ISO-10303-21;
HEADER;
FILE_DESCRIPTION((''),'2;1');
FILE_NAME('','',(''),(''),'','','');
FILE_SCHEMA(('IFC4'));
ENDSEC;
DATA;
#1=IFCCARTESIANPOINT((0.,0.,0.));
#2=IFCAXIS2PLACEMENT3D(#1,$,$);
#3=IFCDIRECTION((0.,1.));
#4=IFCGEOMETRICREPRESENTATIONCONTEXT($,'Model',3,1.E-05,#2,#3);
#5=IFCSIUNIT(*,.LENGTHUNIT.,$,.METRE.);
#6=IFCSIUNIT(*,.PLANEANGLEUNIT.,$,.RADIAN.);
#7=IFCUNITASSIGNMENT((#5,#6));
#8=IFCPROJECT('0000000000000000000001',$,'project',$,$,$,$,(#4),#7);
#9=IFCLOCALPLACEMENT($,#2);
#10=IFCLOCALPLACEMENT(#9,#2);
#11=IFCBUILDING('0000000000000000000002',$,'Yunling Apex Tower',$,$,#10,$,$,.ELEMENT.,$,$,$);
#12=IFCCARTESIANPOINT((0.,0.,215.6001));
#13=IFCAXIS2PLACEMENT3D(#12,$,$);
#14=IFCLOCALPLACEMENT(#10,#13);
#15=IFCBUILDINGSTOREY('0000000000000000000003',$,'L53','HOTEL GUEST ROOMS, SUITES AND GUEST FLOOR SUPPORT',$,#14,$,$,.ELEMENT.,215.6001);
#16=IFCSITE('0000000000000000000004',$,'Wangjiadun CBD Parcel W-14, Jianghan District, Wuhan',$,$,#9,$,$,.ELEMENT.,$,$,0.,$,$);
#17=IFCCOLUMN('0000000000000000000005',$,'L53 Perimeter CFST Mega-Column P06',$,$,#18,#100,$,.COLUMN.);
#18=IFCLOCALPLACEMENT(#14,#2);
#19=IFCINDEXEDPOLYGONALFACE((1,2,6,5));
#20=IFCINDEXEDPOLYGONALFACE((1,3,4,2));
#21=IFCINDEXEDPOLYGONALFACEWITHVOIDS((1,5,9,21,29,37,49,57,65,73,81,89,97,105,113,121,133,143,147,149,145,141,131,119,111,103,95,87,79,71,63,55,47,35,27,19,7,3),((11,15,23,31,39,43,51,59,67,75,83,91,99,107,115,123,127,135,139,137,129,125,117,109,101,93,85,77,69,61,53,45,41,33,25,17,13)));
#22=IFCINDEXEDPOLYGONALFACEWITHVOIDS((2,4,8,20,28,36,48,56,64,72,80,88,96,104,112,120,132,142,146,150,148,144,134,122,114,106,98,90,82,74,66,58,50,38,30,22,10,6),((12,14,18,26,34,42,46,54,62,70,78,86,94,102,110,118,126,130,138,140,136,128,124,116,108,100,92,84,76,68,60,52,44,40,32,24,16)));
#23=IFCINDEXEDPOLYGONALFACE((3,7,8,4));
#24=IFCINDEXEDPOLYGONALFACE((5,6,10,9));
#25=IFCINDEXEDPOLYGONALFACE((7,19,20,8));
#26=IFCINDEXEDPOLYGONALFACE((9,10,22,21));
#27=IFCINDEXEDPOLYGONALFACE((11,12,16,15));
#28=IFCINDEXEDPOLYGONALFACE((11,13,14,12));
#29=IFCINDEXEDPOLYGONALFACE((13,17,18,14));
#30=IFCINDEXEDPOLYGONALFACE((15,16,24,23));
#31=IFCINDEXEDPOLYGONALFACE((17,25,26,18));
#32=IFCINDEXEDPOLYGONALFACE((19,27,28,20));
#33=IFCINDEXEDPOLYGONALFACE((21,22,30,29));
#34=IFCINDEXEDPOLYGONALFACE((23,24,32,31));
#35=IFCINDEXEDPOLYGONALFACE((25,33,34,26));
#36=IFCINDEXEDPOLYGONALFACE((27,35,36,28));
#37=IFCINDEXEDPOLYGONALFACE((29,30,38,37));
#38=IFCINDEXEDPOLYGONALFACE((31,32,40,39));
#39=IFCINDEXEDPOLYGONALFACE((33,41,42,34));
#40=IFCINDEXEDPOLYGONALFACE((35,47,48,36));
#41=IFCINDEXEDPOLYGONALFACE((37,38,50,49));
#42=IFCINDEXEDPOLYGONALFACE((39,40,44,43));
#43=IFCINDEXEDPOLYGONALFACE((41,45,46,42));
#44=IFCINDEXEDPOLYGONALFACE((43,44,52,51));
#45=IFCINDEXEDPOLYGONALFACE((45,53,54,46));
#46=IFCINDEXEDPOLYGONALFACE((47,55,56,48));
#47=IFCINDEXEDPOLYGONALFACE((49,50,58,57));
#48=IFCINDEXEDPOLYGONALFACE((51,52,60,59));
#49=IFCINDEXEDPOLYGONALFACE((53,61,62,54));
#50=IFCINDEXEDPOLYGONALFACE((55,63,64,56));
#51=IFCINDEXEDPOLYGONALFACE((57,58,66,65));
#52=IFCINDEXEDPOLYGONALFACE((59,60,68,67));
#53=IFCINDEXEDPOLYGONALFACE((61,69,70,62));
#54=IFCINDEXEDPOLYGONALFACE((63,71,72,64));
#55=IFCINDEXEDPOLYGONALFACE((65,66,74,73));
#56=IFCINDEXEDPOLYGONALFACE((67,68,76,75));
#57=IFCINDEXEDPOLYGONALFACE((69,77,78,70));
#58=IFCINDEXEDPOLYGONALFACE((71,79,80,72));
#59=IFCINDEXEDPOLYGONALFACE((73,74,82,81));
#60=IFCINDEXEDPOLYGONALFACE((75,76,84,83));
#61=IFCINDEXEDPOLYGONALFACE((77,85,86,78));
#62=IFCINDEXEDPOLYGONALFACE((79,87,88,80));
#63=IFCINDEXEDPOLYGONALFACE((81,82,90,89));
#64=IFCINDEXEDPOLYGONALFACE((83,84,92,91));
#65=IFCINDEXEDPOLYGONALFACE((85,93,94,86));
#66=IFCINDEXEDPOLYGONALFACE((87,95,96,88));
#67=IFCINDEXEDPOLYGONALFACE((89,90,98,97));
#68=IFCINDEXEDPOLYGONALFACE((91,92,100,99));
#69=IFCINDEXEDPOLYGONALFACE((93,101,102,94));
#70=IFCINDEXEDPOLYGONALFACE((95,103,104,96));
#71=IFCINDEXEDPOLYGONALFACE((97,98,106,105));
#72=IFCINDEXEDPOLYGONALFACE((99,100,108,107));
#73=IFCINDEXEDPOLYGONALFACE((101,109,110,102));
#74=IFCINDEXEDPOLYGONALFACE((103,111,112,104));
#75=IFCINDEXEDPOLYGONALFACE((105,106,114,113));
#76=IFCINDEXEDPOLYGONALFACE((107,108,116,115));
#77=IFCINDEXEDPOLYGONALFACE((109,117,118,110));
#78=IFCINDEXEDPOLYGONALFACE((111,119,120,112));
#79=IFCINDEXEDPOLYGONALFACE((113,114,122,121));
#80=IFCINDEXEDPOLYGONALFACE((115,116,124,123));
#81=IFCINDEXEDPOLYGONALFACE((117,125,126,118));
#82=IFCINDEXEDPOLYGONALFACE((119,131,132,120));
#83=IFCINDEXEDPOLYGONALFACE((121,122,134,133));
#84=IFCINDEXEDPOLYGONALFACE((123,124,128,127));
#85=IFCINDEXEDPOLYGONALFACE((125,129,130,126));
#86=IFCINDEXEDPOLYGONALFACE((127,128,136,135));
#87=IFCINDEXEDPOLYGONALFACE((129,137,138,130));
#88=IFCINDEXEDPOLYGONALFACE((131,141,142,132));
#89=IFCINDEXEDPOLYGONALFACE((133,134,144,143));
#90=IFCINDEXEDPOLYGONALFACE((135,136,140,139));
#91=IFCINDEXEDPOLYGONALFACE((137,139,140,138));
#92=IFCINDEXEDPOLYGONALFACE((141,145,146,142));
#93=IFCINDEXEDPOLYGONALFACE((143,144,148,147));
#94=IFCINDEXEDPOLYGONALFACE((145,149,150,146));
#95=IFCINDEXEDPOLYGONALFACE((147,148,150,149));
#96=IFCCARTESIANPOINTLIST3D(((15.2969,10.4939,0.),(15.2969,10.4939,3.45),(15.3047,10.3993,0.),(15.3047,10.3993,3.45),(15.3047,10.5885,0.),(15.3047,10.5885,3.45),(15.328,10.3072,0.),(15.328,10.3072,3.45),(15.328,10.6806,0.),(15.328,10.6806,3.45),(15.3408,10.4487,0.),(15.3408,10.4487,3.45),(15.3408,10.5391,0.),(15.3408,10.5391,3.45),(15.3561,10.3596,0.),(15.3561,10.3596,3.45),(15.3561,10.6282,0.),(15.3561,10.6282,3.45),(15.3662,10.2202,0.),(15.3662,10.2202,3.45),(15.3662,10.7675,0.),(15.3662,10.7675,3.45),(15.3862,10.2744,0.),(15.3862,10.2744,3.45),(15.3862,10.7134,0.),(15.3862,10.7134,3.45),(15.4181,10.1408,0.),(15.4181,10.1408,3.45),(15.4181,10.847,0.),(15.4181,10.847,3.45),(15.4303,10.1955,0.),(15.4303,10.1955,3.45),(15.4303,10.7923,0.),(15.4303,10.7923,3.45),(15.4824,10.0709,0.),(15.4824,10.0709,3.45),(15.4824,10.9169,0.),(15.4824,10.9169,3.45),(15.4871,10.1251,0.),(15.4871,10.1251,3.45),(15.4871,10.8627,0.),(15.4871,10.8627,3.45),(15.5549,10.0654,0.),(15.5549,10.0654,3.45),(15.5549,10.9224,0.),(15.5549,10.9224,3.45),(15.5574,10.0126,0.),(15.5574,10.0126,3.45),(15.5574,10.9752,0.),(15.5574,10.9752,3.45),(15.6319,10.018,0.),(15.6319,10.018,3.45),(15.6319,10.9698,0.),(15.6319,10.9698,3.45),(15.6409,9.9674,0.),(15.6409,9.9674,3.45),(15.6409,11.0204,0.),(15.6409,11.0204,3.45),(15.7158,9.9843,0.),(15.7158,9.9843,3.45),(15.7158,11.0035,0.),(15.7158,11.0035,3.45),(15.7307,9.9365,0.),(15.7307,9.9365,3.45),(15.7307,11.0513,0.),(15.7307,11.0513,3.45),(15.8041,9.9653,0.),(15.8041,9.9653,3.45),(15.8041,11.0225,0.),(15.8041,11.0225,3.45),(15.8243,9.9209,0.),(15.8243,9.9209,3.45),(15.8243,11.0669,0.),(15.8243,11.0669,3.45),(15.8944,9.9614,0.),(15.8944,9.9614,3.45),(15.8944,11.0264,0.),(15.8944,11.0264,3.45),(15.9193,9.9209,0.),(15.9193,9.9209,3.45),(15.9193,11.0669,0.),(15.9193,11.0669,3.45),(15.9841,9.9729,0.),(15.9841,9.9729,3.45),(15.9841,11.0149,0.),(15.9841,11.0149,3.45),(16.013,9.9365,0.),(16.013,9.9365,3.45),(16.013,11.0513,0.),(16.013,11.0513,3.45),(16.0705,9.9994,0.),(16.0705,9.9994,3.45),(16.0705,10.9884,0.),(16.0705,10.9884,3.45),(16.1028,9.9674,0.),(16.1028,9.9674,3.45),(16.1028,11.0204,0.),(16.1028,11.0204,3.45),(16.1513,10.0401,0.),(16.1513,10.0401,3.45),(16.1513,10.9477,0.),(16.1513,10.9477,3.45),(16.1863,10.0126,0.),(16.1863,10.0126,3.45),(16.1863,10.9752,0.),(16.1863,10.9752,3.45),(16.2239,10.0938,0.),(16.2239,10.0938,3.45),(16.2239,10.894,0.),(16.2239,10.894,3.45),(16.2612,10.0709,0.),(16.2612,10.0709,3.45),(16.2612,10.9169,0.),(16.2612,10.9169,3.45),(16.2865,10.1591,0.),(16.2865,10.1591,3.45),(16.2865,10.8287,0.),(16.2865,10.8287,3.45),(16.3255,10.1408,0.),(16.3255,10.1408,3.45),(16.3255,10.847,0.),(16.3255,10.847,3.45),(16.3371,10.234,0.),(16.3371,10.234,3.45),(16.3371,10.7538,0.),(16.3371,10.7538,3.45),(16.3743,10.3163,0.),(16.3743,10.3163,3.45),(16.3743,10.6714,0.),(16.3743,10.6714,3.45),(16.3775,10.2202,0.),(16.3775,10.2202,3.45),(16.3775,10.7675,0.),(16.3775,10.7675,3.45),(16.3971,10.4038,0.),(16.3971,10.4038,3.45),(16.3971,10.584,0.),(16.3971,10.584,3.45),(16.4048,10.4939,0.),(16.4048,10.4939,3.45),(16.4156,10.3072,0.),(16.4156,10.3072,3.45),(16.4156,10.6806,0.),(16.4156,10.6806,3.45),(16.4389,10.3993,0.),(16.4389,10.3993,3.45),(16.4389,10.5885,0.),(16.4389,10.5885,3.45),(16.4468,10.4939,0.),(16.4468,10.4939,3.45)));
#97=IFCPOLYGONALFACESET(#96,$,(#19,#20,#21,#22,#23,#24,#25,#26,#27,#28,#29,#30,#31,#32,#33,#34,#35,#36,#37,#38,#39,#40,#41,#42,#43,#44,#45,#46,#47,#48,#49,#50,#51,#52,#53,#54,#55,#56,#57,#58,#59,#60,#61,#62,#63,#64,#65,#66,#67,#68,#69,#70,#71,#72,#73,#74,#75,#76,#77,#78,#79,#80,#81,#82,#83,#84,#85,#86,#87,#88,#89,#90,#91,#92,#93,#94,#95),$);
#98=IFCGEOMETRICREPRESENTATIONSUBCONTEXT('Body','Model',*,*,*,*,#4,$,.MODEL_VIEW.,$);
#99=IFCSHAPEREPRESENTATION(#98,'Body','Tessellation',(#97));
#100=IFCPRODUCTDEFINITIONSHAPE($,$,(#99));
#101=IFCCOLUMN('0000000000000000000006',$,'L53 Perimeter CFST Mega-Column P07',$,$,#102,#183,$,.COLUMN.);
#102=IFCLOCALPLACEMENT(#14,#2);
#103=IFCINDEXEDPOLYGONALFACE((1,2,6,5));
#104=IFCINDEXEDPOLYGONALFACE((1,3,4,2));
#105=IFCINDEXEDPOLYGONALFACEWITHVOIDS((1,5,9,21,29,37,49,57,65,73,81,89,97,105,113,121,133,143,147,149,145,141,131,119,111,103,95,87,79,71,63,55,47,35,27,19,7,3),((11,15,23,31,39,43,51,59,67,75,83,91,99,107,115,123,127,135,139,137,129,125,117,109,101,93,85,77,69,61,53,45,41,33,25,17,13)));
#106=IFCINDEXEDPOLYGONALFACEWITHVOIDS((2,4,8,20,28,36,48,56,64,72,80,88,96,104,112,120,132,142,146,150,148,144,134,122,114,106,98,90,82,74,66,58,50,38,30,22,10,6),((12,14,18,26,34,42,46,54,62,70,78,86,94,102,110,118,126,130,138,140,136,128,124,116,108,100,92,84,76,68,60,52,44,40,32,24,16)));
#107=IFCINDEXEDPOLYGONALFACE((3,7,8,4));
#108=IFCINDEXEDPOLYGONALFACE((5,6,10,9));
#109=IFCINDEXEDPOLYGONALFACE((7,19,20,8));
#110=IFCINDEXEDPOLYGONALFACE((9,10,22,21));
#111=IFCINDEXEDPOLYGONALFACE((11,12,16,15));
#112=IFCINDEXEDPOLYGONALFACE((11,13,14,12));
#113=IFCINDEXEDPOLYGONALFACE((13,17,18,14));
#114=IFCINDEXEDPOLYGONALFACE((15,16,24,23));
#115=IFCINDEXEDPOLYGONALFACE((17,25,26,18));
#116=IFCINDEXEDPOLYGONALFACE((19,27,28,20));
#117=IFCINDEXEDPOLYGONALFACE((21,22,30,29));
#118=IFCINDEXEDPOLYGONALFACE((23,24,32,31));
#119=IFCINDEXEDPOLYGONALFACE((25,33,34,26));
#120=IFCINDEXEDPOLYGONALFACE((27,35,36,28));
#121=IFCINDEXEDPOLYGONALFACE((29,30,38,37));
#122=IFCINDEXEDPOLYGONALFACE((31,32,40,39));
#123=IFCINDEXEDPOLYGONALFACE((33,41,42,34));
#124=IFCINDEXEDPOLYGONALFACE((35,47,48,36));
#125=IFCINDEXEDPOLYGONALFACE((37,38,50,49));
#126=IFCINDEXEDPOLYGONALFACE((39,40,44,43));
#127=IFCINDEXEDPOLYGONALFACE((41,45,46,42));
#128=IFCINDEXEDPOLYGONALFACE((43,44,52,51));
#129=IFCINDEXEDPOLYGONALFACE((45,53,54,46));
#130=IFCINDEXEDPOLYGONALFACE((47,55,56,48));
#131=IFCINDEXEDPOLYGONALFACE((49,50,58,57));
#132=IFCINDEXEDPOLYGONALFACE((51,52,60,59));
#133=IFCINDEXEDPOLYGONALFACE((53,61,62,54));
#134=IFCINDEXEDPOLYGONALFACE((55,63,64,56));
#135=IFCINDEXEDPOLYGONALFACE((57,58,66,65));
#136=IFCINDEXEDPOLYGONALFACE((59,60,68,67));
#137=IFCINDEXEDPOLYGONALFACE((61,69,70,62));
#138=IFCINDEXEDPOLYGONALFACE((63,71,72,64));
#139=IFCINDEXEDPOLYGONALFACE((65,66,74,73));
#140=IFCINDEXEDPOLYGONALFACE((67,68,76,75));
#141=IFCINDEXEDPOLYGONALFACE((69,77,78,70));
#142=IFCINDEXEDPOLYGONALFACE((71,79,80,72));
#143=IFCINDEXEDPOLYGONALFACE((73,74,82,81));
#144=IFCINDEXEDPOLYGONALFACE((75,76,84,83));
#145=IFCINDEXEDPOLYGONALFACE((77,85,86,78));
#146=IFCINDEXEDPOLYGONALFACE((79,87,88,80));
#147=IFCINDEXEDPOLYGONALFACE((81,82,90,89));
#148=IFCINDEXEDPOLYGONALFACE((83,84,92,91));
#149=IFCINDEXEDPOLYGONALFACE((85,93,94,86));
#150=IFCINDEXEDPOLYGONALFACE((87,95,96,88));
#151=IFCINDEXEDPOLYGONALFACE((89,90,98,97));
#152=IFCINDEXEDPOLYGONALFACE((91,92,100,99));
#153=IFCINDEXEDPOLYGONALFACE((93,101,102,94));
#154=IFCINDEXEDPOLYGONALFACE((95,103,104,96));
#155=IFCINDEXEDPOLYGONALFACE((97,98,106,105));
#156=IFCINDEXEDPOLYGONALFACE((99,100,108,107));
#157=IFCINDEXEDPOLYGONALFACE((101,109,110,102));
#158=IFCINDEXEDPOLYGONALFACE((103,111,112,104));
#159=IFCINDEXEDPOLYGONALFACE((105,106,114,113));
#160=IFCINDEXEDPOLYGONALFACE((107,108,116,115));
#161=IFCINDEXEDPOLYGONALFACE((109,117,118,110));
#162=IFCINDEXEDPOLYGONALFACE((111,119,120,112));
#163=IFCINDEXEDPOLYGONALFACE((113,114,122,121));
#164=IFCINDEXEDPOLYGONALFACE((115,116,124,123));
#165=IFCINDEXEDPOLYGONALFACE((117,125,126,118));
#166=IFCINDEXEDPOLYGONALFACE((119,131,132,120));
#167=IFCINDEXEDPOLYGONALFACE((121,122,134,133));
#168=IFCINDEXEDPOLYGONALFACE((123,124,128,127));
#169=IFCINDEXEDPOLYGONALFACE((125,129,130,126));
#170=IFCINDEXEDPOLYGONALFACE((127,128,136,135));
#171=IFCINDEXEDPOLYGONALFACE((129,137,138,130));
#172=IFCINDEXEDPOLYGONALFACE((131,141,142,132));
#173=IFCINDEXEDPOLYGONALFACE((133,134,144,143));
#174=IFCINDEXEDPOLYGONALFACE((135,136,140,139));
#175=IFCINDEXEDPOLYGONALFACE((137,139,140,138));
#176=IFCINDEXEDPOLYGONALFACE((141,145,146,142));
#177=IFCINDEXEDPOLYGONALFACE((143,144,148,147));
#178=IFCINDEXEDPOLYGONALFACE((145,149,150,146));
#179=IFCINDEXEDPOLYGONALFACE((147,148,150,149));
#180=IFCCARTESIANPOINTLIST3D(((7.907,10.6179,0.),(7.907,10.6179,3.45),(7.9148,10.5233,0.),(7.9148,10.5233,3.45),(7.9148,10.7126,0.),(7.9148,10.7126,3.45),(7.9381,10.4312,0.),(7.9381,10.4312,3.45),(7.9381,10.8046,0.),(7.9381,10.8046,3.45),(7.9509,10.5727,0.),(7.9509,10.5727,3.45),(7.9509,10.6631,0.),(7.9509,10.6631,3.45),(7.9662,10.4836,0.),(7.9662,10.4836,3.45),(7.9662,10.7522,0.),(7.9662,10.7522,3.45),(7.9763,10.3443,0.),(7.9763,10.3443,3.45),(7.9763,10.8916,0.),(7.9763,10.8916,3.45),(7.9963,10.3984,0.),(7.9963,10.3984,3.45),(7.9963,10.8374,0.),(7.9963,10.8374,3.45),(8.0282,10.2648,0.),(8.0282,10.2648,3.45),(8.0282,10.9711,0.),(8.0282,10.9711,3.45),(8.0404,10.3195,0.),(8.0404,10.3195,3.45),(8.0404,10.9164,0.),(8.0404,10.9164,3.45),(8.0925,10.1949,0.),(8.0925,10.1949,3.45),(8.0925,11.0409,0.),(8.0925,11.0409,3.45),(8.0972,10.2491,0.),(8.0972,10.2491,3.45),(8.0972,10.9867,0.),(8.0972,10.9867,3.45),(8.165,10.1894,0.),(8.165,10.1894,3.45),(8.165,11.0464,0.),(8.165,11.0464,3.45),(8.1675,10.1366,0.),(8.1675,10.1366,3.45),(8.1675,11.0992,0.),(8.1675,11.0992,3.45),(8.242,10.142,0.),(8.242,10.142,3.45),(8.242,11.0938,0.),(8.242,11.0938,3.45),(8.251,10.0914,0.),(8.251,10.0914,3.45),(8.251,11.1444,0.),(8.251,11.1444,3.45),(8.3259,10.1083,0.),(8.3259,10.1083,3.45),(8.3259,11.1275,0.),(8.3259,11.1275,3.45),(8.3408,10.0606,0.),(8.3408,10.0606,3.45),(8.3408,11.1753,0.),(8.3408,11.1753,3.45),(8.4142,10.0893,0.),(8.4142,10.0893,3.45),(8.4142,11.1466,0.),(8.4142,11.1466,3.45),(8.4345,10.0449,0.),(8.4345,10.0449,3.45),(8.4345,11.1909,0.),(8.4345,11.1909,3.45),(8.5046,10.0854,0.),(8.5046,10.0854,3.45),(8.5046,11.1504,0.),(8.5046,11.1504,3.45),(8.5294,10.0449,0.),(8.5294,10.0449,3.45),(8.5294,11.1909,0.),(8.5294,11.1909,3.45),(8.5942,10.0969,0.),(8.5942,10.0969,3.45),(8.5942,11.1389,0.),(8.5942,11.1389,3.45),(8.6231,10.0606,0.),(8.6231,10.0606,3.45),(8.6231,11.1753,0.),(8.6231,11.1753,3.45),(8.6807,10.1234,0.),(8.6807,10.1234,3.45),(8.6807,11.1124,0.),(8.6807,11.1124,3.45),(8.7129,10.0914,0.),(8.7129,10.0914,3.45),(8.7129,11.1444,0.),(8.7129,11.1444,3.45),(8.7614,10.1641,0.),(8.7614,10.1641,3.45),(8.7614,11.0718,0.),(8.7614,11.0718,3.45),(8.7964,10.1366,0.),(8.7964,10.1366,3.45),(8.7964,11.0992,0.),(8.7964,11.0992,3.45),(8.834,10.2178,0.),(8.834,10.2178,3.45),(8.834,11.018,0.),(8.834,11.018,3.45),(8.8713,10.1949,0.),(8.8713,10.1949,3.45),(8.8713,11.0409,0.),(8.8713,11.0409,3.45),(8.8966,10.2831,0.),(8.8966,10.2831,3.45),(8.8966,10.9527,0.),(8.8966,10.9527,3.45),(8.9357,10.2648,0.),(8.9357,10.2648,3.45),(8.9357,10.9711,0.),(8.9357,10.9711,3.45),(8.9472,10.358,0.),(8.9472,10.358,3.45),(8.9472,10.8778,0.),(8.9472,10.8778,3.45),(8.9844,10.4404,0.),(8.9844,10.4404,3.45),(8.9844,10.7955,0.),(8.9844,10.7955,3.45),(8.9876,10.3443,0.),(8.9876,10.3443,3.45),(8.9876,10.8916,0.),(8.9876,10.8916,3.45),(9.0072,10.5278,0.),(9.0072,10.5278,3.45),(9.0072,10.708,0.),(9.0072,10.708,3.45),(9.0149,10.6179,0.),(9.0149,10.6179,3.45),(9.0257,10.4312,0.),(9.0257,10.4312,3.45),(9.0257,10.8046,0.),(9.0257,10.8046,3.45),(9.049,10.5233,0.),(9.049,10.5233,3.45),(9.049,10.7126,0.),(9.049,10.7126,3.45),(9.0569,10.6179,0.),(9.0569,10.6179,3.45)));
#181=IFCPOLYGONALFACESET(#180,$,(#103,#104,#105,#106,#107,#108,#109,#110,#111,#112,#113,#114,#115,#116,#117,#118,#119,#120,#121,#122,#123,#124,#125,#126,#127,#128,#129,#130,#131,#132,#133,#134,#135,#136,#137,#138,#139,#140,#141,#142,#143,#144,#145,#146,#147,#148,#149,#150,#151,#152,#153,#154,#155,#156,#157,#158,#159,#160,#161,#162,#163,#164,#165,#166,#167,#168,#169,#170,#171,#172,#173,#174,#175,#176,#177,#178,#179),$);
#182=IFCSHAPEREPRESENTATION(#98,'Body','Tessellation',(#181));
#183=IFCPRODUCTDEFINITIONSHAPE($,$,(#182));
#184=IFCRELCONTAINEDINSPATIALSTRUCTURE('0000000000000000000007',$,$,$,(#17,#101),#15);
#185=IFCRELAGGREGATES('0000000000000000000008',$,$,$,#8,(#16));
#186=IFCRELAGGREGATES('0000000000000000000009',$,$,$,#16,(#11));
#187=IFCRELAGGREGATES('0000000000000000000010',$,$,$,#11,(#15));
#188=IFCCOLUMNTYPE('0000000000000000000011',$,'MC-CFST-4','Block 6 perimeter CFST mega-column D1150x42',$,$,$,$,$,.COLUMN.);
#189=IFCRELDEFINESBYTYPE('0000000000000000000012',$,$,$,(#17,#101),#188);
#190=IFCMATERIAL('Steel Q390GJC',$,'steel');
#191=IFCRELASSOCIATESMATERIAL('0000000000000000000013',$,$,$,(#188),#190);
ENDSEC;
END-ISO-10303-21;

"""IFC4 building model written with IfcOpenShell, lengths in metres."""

from ifc_helpers import new_model, si_unit, direction, frame, origin, origin_2d, place, context, subcontext, project, spatial, hollow_circle, extrude, source, transform, mapped, material, material_profile, profile_set, type_object, element, save


model = new_model("IFC4")

# Units and contexts
model_context = context("Model", 3, precision=1e-05, world=origin(), true_north=direction((0.0, 1.0)))
body_context = subcontext(model_context, "Body", "Model", "MODEL_VIEW")
ifc_project = project(units=[si_unit("LENGTHUNIT", "METRE"), si_unit("PLANEANGLEUNIT", "RADIAN")], contexts=[model_context])

# Site, building, storey
site_placement = place(None, origin())
site = spatial("IfcSite", under=ifc_project, at=site_placement, Name="Wangjiadun CBD Parcel W-14, Jianghan District, Wuhan", CompositionType="ELEMENT", RefElevation=0.0)
building_placement = place(site_placement, origin())
building = spatial("IfcBuilding", under=site, at=building_placement, Name="Yunling Apex Tower", CompositionType="ELEMENT")
storey_placement = place(building_placement, frame((0.0, 0.0, 215.6001)))
storey = spatial("IfcBuildingStorey", under=building, at=storey_placement, Name="L53", Description="HOTEL GUEST ROOMS, SUITES AND GUEST FLOOR SUPPORT", CompositionType="ELEMENT", Elevation=215.6001)

# Columns
ifc_material_1 = material(Name="Steel Q390GJC", Category="steel")
ifc_material_profile_1 = material_profile(ifc_material_1, hollow_circle(Radius=0.575, WallThickness=0.042, at=origin_2d()))
ifc_profile_set_1 = profile_set([ifc_material_profile_1], Name="Steel Q390GJC")
column_type = type_object("IfcColumnType", Name="MC-CFST-4", Description="Block 6 perimeter CFST mega-column D1150x42", PredefinedType="COLUMN", material=ifc_profile_set_1)
shared_shape_1 = source(origin(), body_context, "Body", "SweptSolid", [
    extrude(hollow_circle(Radius=0.575, WallThickness=0.042, at=origin_2d()), origin(), (0.0, 0.0, 1.0), 3.45),
])
for number, where, z_axis, x_axis, name in (
    (1, (15.8718, 10.4939, 0.0), (0.0, 0.0, 1.0), (1.0, 0.0, 0.0), "L53 Perimeter CFST Mega-Column P06"),
    (2, (8.4819, 10.6179, 0.0), (0.0, 0.0, 1.0), (1.0, 0.0, 0.0), "L53 Perimeter CFST Mega-Column P07"),
):
    element("IfcColumn", number, at=place(storey_placement, frame(where, z_axis=z_axis, x_axis=x_axis)), inside=storey, type_object=column_type, Name=name, PredefinedType="COLUMN", context=body_context, shape_type="MappedRepresentation", body=[
        mapped(shared_shape_1, transform((0.0, 0.0, 0.0), scale=1.0)),
    ])

save(model, "model.ifc")
